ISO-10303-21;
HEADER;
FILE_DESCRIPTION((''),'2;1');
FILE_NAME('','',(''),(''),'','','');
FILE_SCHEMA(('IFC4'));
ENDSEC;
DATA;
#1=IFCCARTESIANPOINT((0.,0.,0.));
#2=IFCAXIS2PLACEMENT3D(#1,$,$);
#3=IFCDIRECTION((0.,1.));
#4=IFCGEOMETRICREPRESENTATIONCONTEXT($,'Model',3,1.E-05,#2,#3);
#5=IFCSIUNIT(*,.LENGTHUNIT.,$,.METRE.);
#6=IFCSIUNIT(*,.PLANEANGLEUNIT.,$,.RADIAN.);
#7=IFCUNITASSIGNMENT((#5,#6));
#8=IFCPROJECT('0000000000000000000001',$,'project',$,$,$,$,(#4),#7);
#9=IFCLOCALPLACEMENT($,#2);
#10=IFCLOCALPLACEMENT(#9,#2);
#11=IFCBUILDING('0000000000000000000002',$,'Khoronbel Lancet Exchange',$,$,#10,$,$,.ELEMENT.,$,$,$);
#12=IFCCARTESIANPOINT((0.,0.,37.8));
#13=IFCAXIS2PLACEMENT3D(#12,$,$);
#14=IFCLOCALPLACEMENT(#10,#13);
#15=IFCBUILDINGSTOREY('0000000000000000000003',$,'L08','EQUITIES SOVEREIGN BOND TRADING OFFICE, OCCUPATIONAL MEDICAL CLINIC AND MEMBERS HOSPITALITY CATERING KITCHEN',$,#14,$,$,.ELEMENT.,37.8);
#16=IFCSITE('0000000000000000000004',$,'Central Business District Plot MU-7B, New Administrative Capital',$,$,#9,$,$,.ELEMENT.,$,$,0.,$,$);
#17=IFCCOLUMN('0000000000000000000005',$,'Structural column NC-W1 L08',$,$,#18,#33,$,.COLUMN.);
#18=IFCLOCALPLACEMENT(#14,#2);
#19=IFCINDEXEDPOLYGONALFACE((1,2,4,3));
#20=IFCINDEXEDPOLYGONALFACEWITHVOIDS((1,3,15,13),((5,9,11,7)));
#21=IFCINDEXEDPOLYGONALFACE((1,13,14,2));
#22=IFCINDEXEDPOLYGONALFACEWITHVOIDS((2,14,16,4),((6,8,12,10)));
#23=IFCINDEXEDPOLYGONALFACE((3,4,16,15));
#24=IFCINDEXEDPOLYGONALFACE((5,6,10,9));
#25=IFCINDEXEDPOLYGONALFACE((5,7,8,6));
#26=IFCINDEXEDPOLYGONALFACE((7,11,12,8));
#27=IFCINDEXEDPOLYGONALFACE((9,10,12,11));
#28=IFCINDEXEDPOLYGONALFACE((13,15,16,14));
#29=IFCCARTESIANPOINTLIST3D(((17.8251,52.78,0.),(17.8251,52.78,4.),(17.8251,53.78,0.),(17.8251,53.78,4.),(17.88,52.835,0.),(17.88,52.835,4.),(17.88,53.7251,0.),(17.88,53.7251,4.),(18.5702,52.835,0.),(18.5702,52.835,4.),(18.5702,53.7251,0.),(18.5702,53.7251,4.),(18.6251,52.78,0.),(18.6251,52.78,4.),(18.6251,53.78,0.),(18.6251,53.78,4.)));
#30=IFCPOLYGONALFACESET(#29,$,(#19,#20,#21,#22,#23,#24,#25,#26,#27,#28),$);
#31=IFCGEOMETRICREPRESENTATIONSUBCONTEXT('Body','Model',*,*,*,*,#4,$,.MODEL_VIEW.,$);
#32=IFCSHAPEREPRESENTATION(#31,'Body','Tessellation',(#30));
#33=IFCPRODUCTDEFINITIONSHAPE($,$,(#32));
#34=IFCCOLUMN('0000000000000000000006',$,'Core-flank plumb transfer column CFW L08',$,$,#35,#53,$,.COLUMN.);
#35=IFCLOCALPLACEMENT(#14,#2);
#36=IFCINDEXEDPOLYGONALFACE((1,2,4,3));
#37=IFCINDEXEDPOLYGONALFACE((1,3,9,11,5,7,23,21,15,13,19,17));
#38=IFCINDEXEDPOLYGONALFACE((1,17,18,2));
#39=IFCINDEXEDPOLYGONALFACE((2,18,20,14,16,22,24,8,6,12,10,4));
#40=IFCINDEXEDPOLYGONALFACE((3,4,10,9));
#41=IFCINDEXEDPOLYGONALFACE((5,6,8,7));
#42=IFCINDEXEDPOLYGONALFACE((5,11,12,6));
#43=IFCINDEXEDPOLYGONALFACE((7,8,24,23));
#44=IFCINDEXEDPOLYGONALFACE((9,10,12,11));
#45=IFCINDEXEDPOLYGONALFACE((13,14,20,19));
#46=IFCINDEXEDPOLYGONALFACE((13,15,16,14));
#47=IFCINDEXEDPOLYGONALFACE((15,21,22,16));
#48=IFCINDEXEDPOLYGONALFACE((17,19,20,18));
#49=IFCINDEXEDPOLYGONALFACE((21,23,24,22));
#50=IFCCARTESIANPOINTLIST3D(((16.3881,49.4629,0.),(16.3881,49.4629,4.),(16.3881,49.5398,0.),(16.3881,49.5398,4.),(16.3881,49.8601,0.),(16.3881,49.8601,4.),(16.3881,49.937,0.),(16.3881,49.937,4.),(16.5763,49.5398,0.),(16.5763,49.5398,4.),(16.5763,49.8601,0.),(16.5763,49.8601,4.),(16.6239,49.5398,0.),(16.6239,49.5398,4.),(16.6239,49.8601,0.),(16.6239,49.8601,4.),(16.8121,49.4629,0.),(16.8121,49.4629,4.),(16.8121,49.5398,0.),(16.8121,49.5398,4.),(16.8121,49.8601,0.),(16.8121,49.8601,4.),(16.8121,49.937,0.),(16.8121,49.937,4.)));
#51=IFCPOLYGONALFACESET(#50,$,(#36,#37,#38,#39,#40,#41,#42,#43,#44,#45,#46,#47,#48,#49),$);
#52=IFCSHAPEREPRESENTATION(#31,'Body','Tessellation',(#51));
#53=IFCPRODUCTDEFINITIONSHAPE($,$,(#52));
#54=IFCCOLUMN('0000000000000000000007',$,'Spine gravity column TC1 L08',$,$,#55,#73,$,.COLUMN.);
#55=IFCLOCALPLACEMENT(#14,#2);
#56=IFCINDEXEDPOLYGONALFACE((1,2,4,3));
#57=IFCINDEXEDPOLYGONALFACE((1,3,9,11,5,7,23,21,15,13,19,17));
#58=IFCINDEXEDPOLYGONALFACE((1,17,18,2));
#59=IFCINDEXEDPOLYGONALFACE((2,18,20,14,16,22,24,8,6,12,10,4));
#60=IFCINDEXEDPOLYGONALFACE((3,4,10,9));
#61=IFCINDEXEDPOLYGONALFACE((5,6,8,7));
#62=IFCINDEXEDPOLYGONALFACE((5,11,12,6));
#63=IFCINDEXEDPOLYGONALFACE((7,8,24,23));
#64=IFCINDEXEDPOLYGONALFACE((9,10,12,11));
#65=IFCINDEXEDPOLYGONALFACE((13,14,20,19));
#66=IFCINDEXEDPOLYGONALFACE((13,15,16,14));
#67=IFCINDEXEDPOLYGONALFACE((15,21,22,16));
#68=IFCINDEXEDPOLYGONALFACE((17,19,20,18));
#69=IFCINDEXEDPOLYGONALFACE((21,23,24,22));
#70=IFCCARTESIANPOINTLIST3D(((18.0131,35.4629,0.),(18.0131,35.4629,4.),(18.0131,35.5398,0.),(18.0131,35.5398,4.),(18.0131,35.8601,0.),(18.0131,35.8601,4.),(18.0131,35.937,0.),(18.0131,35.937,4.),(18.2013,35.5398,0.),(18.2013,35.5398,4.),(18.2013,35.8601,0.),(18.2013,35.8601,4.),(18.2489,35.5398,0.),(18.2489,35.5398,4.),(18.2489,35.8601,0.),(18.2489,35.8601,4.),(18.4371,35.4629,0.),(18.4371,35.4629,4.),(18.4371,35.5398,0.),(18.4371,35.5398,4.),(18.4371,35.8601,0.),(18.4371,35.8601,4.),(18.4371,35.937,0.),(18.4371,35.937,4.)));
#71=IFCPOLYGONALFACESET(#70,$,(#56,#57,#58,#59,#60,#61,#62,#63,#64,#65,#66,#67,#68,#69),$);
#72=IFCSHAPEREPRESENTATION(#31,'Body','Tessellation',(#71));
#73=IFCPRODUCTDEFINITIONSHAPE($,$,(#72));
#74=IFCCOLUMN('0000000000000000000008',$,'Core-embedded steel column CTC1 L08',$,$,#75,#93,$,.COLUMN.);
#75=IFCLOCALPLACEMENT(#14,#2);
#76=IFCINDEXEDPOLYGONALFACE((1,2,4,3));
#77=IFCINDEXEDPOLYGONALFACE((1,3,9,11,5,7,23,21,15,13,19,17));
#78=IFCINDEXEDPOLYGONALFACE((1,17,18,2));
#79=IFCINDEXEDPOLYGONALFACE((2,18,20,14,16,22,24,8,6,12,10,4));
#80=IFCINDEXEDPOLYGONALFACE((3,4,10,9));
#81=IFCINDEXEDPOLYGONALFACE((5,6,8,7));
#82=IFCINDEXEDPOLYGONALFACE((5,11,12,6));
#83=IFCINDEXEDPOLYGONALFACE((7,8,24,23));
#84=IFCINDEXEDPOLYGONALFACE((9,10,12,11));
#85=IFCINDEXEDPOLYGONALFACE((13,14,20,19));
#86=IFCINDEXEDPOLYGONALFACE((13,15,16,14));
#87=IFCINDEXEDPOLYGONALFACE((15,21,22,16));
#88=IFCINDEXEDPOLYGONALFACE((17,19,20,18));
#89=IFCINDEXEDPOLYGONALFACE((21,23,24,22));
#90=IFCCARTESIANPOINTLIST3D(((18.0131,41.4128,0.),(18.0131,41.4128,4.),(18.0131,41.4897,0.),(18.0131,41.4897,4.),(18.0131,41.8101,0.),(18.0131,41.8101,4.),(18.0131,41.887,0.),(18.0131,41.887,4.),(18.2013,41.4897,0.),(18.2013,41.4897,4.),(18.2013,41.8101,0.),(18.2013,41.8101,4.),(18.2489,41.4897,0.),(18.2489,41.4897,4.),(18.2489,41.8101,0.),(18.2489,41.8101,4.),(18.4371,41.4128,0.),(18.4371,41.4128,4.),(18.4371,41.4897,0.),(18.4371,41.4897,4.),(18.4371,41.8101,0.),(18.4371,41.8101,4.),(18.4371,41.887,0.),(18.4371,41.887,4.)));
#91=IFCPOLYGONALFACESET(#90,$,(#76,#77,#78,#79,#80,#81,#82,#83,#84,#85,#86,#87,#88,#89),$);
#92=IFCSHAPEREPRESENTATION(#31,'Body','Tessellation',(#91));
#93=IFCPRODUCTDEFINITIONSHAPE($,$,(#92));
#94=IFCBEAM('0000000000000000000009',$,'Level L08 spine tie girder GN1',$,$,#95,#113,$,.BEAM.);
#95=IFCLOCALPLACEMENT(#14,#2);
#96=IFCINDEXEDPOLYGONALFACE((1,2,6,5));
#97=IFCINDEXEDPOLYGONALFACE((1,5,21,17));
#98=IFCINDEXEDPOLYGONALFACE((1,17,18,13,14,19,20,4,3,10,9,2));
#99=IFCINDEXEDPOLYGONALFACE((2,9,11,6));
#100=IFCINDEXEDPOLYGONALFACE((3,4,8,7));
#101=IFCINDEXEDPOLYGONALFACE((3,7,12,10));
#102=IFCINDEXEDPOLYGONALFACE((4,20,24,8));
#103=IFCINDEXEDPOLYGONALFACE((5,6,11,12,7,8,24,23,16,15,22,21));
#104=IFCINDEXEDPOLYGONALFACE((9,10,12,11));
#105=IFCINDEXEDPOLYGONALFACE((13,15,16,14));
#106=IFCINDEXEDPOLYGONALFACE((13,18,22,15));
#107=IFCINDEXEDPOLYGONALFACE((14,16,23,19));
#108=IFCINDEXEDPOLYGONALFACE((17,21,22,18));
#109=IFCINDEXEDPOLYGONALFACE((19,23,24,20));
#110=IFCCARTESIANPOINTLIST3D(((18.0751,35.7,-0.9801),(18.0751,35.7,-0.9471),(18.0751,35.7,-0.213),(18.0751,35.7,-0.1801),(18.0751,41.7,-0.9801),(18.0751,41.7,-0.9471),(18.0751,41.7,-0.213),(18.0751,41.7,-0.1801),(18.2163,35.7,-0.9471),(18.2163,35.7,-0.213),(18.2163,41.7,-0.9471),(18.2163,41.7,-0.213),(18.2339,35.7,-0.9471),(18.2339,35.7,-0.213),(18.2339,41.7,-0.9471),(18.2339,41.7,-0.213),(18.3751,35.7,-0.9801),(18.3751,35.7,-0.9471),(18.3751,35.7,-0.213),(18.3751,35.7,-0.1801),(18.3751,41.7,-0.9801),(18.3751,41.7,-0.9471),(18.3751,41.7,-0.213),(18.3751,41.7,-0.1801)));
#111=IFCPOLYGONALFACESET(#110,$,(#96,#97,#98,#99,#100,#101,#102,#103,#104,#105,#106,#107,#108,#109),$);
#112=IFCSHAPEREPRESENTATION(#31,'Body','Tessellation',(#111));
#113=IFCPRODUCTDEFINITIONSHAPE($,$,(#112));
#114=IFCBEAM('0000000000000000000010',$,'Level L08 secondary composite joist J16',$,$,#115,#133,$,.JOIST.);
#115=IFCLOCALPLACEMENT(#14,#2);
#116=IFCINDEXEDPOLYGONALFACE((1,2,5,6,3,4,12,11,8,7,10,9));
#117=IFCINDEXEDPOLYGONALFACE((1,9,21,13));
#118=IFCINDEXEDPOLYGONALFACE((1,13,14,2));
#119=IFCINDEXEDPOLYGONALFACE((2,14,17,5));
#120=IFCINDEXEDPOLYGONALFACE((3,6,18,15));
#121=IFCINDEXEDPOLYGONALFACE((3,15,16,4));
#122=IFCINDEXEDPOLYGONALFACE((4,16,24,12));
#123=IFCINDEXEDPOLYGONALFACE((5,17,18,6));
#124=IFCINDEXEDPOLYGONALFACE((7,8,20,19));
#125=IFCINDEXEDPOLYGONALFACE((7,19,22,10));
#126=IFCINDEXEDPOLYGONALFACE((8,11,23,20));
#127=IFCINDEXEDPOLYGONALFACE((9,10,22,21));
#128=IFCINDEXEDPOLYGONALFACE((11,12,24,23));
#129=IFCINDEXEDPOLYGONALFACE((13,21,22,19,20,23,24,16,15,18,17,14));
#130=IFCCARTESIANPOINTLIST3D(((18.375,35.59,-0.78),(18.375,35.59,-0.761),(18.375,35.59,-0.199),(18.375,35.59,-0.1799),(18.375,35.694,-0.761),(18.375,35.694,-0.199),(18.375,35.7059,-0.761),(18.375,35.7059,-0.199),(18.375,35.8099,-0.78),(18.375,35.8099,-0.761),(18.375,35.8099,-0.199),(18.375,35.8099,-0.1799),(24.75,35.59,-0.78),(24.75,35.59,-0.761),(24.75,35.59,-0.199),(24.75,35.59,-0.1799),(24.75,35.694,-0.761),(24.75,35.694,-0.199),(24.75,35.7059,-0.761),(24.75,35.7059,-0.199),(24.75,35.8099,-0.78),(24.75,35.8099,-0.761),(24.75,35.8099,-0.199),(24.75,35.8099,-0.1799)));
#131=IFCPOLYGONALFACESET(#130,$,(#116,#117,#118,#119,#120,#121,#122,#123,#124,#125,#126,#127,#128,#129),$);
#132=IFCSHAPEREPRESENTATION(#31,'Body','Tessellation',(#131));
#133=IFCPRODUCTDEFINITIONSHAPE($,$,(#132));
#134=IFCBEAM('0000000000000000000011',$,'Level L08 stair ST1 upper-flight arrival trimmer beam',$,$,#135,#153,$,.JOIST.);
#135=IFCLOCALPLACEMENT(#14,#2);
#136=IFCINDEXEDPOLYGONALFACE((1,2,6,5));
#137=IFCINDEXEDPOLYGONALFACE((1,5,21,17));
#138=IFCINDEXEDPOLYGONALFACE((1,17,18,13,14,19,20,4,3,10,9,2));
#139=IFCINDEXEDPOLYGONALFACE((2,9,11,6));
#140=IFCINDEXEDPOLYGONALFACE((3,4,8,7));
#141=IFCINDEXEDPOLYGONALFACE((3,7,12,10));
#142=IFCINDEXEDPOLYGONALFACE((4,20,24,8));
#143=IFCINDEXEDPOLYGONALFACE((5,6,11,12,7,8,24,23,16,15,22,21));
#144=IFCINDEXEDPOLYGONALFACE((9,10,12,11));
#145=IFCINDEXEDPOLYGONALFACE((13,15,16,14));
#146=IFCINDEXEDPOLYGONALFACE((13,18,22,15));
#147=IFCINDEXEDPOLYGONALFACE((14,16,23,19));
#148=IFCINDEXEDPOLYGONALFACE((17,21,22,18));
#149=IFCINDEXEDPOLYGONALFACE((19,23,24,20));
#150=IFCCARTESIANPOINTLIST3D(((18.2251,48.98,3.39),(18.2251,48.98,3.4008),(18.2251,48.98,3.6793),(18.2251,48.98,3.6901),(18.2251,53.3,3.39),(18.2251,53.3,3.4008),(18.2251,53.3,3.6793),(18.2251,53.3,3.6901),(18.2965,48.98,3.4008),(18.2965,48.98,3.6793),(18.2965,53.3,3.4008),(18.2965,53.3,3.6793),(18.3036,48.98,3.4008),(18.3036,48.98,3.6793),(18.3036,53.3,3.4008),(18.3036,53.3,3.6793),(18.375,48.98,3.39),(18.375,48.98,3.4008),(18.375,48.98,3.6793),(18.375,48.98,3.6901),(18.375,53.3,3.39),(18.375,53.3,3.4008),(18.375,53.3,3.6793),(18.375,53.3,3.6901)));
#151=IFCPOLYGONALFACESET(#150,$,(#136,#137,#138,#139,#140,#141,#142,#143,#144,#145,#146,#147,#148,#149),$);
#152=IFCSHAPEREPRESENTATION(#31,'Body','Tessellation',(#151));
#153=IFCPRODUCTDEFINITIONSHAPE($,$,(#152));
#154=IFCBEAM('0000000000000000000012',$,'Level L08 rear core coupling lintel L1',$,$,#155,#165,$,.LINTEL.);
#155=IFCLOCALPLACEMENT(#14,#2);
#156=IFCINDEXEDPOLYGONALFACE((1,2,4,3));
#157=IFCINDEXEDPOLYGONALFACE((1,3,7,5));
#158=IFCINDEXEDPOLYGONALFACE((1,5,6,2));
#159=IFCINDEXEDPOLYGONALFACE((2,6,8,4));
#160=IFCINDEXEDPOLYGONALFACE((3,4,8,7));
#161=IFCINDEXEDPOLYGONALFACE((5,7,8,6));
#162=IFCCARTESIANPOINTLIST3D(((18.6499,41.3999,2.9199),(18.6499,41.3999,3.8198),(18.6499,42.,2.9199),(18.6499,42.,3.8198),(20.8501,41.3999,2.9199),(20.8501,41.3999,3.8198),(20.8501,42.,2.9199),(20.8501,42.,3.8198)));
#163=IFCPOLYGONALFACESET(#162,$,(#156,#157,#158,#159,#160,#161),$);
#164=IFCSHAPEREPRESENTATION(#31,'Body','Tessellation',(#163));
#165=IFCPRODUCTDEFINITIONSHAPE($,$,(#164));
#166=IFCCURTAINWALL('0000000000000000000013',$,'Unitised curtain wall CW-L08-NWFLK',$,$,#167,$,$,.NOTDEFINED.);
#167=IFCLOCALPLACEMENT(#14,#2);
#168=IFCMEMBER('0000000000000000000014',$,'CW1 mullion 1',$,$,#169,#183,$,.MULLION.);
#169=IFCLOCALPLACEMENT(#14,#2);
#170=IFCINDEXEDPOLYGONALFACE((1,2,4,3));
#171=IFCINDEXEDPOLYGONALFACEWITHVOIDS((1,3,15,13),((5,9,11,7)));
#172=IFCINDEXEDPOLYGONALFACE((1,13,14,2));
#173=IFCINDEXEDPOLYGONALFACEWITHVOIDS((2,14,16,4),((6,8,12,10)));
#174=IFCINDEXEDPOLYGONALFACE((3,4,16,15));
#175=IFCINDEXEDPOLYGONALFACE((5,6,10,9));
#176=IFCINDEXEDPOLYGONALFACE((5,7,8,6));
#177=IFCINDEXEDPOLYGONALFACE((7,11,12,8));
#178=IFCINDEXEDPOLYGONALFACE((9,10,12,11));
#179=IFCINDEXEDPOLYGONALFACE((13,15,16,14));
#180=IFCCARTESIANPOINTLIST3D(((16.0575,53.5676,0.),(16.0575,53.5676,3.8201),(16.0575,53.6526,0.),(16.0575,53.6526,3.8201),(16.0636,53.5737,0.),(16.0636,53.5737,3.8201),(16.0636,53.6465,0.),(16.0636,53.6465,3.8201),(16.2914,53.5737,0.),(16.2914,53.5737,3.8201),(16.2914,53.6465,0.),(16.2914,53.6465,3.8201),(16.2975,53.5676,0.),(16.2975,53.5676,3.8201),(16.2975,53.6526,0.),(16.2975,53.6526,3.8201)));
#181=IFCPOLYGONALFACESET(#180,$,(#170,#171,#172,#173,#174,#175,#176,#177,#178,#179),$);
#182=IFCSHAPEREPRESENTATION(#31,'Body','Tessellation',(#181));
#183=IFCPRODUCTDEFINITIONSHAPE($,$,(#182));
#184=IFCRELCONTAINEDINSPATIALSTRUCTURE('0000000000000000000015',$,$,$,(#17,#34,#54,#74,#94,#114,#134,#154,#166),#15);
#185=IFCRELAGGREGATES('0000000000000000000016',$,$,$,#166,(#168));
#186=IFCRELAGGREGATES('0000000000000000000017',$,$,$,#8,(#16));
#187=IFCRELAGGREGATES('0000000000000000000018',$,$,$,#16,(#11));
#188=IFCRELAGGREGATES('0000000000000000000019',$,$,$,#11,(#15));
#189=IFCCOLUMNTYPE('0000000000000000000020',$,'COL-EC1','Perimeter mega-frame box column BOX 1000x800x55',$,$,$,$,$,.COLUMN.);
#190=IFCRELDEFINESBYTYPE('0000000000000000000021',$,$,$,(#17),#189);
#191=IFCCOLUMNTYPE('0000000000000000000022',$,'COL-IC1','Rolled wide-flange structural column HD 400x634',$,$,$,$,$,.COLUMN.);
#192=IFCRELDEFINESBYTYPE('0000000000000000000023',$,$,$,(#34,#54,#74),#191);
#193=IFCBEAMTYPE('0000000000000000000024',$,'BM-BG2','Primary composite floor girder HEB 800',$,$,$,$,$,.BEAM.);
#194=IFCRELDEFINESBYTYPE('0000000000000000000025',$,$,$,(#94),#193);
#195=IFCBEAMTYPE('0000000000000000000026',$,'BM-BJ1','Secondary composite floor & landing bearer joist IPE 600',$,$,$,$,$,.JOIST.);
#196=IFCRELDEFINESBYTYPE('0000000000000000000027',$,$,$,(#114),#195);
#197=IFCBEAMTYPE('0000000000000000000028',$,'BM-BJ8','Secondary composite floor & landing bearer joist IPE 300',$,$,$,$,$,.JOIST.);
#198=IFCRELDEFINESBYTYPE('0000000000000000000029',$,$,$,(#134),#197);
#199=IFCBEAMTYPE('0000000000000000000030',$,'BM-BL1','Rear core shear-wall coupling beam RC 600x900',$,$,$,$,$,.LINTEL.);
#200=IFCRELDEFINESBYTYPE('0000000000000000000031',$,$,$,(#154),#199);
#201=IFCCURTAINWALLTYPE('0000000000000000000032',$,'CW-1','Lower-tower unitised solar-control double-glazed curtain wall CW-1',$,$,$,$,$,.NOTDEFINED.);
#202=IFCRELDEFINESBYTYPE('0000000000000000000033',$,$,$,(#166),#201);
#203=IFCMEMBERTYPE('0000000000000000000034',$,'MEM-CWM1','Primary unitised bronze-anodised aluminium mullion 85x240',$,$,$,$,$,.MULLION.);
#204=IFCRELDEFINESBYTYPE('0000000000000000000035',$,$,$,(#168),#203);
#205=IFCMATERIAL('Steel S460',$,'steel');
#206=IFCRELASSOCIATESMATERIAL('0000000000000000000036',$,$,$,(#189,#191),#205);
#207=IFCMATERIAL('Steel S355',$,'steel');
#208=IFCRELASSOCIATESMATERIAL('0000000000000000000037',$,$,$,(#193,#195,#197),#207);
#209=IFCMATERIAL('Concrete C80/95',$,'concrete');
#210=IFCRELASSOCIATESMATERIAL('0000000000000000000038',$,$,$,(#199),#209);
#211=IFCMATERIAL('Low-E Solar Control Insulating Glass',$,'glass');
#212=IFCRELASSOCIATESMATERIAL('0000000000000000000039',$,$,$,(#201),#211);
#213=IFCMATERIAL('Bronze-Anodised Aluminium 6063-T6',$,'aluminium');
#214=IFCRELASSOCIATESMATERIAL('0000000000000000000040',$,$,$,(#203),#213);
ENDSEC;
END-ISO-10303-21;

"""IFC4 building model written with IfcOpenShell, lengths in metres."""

from ifc_helpers import new_model, si_unit, direction, frame, origin, origin_2d, place, context, subcontext, project, spatial, rectangle, hollow_rectangle, i_section, extrude, material, material_profile, profile_set, type_object, element, aggregate, save


model = new_model("IFC4")

# Units and contexts
model_context = context("Model", 3, precision=1e-05, world=origin(), true_north=direction((0.0, 1.0)))
body_context = subcontext(model_context, "Body", "Model", "MODEL_VIEW")
ifc_project = project(units=[si_unit("LENGTHUNIT", "METRE"), si_unit("PLANEANGLEUNIT", "RADIAN")], contexts=[model_context])

# Site, building, storey
site_placement = place(None, origin())
site = spatial("IfcSite", under=ifc_project, at=site_placement, Name="Central Business District Plot MU-7B, New Administrative Capital", CompositionType="ELEMENT", RefElevation=0.0)
building_placement = place(site_placement, origin())
building = spatial("IfcBuilding", under=site, at=building_placement, Name="Khoronbel Lancet Exchange", CompositionType="ELEMENT")
storey_placement = place(building_placement, frame((0.0, 0.0, 37.8)))
storey = spatial("IfcBuildingStorey", under=building, at=storey_placement, Name="L08", Description="EQUITIES SOVEREIGN BOND TRADING OFFICE, OCCUPATIONAL MEDICAL CLINIC AND MEMBERS HOSPITALITY CATERING KITCHEN", CompositionType="ELEMENT", Elevation=37.8)

# Columns
ifc_material_1 = material(Name="Steel S460", Category="steel")
ifc_material_profile_1 = material_profile(ifc_material_1, hollow_rectangle(XDim=0.8, YDim=1.0, WallThickness=0.0549, at=origin_2d()), Name="BOX 1000x800x55")
ifc_profile_set_1 = profile_set([ifc_material_profile_1], Name="Steel S460")
column_type_1 = type_object("IfcColumnType", Name="COL-EC1", Description="Perimeter mega-frame box column BOX 1000x800x55", PredefinedType="COLUMN", material=ifc_profile_set_1)
column_placement = place(storey_placement, frame((18.2251, 53.28, 0.0), z_axis=(0.0, 0.0, 1.0), x_axis=(1.0, 0.0, 0.0)))
element("IfcColumn", 1, at=column_placement, inside=storey, type_object=column_type_1, Name="Structural column NC-W1 L08", PredefinedType="COLUMN", context=body_context, shape_type="SweptSolid", body=[
    extrude(hollow_rectangle(XDim=0.8, YDim=1.0, WallThickness=0.0549, at=origin_2d()), origin(), (0.0, 0.0, 1.0), 4.0),
])
ifc_material_profile_2 = material_profile(ifc_material_1, i_section(OverallWidth=0.4241, OverallDepth=0.4741, WebThickness=0.0476, FlangeThickness=0.0769, at=origin_2d()), Name="HD 400x634")
ifc_profile_set_2 = profile_set([ifc_material_profile_2], Name="Steel S460")
column_type_2 = type_object("IfcColumnType", Name="COL-IC1", Description="Rolled wide-flange structural column HD 400x634", PredefinedType="COLUMN", material=ifc_profile_set_2)
for number, where, z_axis, x_axis, name in (
    (2, (16.6001, 49.7, 0.0), (0.0, 0.0, 1.0), (1.0, 0.0, 0.0), "Core-flank plumb transfer column CFW L08"),
    (3, (18.2251, 35.7, 0.0), (0.0, 0.0, 1.0), (1.0, 0.0, 0.0), "Spine gravity column TC1 L08"),
    (4, (18.2251, 41.6499, 0.0), (0.0, 0.0, 1.0), (1.0, 0.0, 0.0), "Core-embedded steel column CTC1 L08"),
):
    element("IfcColumn", number, at=place(storey_placement, frame(where, z_axis=z_axis, x_axis=x_axis)), inside=storey, type_object=column_type_2, Name=name, PredefinedType="COLUMN", context=body_context, shape_type="SweptSolid", body=[
        extrude(i_section(OverallWidth=0.4241, OverallDepth=0.4741, WebThickness=0.0476, FlangeThickness=0.0769, at=origin_2d()), origin(), (0.0, 0.0, 1.0), 4.0),
    ])

# Beams
ifc_material_2 = material(Name="Steel S355", Category="steel")
ifc_material_profile_3 = material_profile(ifc_material_2, i_section(OverallWidth=0.3, OverallDepth=0.8, WebThickness=0.0176, FlangeThickness=0.033, at=origin_2d()), Name="HEB 800")
ifc_profile_set_3 = profile_set([ifc_material_profile_3], Name="Steel S355")
beam_type_1 = type_object("IfcBeamType", Name="BM-BG2", Description="Primary composite floor girder HEB 800", PredefinedType="BEAM", material=ifc_profile_set_3)
beam_1_placement = place(storey_placement, frame((18.2251, 35.7, -0.5801), z_axis=(0.0, 1.0, 0.0), x_axis=(-1.0, 0.0, 0.0)))
element("IfcBeam", 5, at=beam_1_placement, inside=storey, type_object=beam_type_1, Name="Level L08 spine tie girder GN1", PredefinedType="BEAM", context=body_context, shape_type="SweptSolid", body=[
    extrude(i_section(OverallWidth=0.3, OverallDepth=0.8, WebThickness=0.0176, FlangeThickness=0.033, at=origin_2d()), origin(), (0.0, 0.0, 1.0), 6.0),
])
ifc_material_profile_4 = material_profile(ifc_material_2, i_section(OverallWidth=0.22, OverallDepth=0.6001, WebThickness=0.012, FlangeThickness=0.019, at=origin_2d()), Name="IPE 600")
ifc_profile_set_4 = profile_set([ifc_material_profile_4], Name="Steel S355")
beam_type_2 = type_object("IfcBeamType", Name="BM-BJ1", Description="Secondary composite floor & landing bearer joist IPE 600", PredefinedType="JOIST", material=ifc_profile_set_4)
beam_2_placement = place(storey_placement, frame((18.375, 35.7, -0.48), z_axis=(1.0, 0.0, 0.0), x_axis=(0.0, 1.0, 0.0)))
element("IfcBeam", 6, at=beam_2_placement, inside=storey, type_object=beam_type_2, Name="Level L08 secondary composite joist J16", PredefinedType="JOIST", context=body_context, shape_type="SweptSolid", body=[
    extrude(i_section(OverallWidth=0.22, OverallDepth=0.6001, WebThickness=0.012, FlangeThickness=0.019, at=origin_2d()), origin(), (0.0, 0.0, 1.0), 6.375),
])
ifc_material_profile_5 = material_profile(ifc_material_2, i_section(OverallWidth=0.1499, OverallDepth=0.3, WebThickness=0.0071, FlangeThickness=0.0107, at=origin_2d()), Name="IPE 300")
ifc_profile_set_5 = profile_set([ifc_material_profile_5], Name="Steel S355")
beam_type_3 = type_object("IfcBeamType", Name="BM-BJ8", Description="Secondary composite floor & landing bearer joist IPE 300", PredefinedType="JOIST", material=ifc_profile_set_5)
beam_3_placement = place(storey_placement, frame((18.3, 48.98, 3.54), z_axis=(0.0, 1.0, 0.0), x_axis=(-1.0, 0.0, 0.0)))
element("IfcBeam", 7, at=beam_3_placement, inside=storey, type_object=beam_type_3, Name="Level L08 stair ST1 upper-flight arrival trimmer beam", PredefinedType="JOIST", context=body_context, shape_type="SweptSolid", body=[
    extrude(i_section(OverallWidth=0.1499, OverallDepth=0.3, WebThickness=0.0071, FlangeThickness=0.0107, at=origin_2d()), origin(), (0.0, 0.0, 1.0), 4.3201),
])
ifc_material_3 = material(Name="Concrete C80/95", Category="concrete")
ifc_material_profile_6 = material_profile(ifc_material_3, rectangle(XDim=0.6001, YDim=0.8999, at=origin_2d()), Name="RC 600x900")
ifc_profile_set_6 = profile_set([ifc_material_profile_6], Name="Concrete C80/95")
beam_type_4 = type_object("IfcBeamType", Name="BM-BL1", Description="Rear core shear-wall coupling beam RC 600x900", PredefinedType="LINTEL", material=ifc_profile_set_6)
beam_4_placement = place(storey_placement, frame((18.6499, 41.7, 3.3699), z_axis=(1.0, 0.0, 0.0), x_axis=(0.0, 1.0, 0.0)))
element("IfcBeam", 8, at=beam_4_placement, inside=storey, type_object=beam_type_4, Name="Level L08 rear core coupling lintel L1", PredefinedType="LINTEL", context=body_context, shape_type="SweptSolid", body=[
    extrude(rectangle(XDim=0.6001, YDim=0.8999, at=origin_2d()), origin(), (0.0, 0.0, 1.0), 2.2002),
])

# Curtain wall, member
ifc_material_4 = material(Name="Low-E Solar Control Insulating Glass", Category="glass")
curtain_wall_type = type_object("IfcCurtainWallType", Name="CW-1", Description="Lower-tower unitised solar-control double-glazed curtain wall CW-1", PredefinedType="NOTDEFINED", material=ifc_material_4)
curtain_wall_placement = place(storey_placement, origin())
curtain_wall = element("IfcCurtainWall", 9, at=curtain_wall_placement, inside=storey, type_object=curtain_wall_type, Name="Unitised curtain wall CW-L08-NWFLK", PredefinedType="NOTDEFINED")
ifc_material_5 = material(Name="Bronze-Anodised Aluminium 6063-T6", Category="aluminium")
ifc_material_profile_7 = material_profile(ifc_material_5, hollow_rectangle(XDim=0.085, YDim=0.24, WallThickness=0.0061, at=origin_2d()), Name="ALU MULLION 85x240")
ifc_profile_set_7 = profile_set([ifc_material_profile_7], Name="Bronze-Anodised Aluminium 6063-T6")
member_type_1 = type_object("IfcMemberType", Name="MEM-CWM1", Description="Primary unitised bronze-anodised aluminium mullion 85x240", PredefinedType="MULLION", material=ifc_profile_set_7)
member_1_placement = place(storey_placement, frame((16.1775, 53.6101, 0.0), z_axis=(0.0, 0.0, 1.0), x_axis=(0.0, -1.0, 0.0)))
member_1 = element("IfcMember", 10, at=member_1_placement, type_object=member_type_1, Name="CW1 mullion 1", PredefinedType="MULLION", context=body_context, shape_type="SweptSolid", body=[
    extrude(hollow_rectangle(XDim=0.085, YDim=0.24, WallThickness=0.0061, at=origin_2d()), origin(), (0.0, 0.0, 1.0), 3.8201),
])
aggregate(curtain_wall, [member_1])

save(model, "model.ifc")
